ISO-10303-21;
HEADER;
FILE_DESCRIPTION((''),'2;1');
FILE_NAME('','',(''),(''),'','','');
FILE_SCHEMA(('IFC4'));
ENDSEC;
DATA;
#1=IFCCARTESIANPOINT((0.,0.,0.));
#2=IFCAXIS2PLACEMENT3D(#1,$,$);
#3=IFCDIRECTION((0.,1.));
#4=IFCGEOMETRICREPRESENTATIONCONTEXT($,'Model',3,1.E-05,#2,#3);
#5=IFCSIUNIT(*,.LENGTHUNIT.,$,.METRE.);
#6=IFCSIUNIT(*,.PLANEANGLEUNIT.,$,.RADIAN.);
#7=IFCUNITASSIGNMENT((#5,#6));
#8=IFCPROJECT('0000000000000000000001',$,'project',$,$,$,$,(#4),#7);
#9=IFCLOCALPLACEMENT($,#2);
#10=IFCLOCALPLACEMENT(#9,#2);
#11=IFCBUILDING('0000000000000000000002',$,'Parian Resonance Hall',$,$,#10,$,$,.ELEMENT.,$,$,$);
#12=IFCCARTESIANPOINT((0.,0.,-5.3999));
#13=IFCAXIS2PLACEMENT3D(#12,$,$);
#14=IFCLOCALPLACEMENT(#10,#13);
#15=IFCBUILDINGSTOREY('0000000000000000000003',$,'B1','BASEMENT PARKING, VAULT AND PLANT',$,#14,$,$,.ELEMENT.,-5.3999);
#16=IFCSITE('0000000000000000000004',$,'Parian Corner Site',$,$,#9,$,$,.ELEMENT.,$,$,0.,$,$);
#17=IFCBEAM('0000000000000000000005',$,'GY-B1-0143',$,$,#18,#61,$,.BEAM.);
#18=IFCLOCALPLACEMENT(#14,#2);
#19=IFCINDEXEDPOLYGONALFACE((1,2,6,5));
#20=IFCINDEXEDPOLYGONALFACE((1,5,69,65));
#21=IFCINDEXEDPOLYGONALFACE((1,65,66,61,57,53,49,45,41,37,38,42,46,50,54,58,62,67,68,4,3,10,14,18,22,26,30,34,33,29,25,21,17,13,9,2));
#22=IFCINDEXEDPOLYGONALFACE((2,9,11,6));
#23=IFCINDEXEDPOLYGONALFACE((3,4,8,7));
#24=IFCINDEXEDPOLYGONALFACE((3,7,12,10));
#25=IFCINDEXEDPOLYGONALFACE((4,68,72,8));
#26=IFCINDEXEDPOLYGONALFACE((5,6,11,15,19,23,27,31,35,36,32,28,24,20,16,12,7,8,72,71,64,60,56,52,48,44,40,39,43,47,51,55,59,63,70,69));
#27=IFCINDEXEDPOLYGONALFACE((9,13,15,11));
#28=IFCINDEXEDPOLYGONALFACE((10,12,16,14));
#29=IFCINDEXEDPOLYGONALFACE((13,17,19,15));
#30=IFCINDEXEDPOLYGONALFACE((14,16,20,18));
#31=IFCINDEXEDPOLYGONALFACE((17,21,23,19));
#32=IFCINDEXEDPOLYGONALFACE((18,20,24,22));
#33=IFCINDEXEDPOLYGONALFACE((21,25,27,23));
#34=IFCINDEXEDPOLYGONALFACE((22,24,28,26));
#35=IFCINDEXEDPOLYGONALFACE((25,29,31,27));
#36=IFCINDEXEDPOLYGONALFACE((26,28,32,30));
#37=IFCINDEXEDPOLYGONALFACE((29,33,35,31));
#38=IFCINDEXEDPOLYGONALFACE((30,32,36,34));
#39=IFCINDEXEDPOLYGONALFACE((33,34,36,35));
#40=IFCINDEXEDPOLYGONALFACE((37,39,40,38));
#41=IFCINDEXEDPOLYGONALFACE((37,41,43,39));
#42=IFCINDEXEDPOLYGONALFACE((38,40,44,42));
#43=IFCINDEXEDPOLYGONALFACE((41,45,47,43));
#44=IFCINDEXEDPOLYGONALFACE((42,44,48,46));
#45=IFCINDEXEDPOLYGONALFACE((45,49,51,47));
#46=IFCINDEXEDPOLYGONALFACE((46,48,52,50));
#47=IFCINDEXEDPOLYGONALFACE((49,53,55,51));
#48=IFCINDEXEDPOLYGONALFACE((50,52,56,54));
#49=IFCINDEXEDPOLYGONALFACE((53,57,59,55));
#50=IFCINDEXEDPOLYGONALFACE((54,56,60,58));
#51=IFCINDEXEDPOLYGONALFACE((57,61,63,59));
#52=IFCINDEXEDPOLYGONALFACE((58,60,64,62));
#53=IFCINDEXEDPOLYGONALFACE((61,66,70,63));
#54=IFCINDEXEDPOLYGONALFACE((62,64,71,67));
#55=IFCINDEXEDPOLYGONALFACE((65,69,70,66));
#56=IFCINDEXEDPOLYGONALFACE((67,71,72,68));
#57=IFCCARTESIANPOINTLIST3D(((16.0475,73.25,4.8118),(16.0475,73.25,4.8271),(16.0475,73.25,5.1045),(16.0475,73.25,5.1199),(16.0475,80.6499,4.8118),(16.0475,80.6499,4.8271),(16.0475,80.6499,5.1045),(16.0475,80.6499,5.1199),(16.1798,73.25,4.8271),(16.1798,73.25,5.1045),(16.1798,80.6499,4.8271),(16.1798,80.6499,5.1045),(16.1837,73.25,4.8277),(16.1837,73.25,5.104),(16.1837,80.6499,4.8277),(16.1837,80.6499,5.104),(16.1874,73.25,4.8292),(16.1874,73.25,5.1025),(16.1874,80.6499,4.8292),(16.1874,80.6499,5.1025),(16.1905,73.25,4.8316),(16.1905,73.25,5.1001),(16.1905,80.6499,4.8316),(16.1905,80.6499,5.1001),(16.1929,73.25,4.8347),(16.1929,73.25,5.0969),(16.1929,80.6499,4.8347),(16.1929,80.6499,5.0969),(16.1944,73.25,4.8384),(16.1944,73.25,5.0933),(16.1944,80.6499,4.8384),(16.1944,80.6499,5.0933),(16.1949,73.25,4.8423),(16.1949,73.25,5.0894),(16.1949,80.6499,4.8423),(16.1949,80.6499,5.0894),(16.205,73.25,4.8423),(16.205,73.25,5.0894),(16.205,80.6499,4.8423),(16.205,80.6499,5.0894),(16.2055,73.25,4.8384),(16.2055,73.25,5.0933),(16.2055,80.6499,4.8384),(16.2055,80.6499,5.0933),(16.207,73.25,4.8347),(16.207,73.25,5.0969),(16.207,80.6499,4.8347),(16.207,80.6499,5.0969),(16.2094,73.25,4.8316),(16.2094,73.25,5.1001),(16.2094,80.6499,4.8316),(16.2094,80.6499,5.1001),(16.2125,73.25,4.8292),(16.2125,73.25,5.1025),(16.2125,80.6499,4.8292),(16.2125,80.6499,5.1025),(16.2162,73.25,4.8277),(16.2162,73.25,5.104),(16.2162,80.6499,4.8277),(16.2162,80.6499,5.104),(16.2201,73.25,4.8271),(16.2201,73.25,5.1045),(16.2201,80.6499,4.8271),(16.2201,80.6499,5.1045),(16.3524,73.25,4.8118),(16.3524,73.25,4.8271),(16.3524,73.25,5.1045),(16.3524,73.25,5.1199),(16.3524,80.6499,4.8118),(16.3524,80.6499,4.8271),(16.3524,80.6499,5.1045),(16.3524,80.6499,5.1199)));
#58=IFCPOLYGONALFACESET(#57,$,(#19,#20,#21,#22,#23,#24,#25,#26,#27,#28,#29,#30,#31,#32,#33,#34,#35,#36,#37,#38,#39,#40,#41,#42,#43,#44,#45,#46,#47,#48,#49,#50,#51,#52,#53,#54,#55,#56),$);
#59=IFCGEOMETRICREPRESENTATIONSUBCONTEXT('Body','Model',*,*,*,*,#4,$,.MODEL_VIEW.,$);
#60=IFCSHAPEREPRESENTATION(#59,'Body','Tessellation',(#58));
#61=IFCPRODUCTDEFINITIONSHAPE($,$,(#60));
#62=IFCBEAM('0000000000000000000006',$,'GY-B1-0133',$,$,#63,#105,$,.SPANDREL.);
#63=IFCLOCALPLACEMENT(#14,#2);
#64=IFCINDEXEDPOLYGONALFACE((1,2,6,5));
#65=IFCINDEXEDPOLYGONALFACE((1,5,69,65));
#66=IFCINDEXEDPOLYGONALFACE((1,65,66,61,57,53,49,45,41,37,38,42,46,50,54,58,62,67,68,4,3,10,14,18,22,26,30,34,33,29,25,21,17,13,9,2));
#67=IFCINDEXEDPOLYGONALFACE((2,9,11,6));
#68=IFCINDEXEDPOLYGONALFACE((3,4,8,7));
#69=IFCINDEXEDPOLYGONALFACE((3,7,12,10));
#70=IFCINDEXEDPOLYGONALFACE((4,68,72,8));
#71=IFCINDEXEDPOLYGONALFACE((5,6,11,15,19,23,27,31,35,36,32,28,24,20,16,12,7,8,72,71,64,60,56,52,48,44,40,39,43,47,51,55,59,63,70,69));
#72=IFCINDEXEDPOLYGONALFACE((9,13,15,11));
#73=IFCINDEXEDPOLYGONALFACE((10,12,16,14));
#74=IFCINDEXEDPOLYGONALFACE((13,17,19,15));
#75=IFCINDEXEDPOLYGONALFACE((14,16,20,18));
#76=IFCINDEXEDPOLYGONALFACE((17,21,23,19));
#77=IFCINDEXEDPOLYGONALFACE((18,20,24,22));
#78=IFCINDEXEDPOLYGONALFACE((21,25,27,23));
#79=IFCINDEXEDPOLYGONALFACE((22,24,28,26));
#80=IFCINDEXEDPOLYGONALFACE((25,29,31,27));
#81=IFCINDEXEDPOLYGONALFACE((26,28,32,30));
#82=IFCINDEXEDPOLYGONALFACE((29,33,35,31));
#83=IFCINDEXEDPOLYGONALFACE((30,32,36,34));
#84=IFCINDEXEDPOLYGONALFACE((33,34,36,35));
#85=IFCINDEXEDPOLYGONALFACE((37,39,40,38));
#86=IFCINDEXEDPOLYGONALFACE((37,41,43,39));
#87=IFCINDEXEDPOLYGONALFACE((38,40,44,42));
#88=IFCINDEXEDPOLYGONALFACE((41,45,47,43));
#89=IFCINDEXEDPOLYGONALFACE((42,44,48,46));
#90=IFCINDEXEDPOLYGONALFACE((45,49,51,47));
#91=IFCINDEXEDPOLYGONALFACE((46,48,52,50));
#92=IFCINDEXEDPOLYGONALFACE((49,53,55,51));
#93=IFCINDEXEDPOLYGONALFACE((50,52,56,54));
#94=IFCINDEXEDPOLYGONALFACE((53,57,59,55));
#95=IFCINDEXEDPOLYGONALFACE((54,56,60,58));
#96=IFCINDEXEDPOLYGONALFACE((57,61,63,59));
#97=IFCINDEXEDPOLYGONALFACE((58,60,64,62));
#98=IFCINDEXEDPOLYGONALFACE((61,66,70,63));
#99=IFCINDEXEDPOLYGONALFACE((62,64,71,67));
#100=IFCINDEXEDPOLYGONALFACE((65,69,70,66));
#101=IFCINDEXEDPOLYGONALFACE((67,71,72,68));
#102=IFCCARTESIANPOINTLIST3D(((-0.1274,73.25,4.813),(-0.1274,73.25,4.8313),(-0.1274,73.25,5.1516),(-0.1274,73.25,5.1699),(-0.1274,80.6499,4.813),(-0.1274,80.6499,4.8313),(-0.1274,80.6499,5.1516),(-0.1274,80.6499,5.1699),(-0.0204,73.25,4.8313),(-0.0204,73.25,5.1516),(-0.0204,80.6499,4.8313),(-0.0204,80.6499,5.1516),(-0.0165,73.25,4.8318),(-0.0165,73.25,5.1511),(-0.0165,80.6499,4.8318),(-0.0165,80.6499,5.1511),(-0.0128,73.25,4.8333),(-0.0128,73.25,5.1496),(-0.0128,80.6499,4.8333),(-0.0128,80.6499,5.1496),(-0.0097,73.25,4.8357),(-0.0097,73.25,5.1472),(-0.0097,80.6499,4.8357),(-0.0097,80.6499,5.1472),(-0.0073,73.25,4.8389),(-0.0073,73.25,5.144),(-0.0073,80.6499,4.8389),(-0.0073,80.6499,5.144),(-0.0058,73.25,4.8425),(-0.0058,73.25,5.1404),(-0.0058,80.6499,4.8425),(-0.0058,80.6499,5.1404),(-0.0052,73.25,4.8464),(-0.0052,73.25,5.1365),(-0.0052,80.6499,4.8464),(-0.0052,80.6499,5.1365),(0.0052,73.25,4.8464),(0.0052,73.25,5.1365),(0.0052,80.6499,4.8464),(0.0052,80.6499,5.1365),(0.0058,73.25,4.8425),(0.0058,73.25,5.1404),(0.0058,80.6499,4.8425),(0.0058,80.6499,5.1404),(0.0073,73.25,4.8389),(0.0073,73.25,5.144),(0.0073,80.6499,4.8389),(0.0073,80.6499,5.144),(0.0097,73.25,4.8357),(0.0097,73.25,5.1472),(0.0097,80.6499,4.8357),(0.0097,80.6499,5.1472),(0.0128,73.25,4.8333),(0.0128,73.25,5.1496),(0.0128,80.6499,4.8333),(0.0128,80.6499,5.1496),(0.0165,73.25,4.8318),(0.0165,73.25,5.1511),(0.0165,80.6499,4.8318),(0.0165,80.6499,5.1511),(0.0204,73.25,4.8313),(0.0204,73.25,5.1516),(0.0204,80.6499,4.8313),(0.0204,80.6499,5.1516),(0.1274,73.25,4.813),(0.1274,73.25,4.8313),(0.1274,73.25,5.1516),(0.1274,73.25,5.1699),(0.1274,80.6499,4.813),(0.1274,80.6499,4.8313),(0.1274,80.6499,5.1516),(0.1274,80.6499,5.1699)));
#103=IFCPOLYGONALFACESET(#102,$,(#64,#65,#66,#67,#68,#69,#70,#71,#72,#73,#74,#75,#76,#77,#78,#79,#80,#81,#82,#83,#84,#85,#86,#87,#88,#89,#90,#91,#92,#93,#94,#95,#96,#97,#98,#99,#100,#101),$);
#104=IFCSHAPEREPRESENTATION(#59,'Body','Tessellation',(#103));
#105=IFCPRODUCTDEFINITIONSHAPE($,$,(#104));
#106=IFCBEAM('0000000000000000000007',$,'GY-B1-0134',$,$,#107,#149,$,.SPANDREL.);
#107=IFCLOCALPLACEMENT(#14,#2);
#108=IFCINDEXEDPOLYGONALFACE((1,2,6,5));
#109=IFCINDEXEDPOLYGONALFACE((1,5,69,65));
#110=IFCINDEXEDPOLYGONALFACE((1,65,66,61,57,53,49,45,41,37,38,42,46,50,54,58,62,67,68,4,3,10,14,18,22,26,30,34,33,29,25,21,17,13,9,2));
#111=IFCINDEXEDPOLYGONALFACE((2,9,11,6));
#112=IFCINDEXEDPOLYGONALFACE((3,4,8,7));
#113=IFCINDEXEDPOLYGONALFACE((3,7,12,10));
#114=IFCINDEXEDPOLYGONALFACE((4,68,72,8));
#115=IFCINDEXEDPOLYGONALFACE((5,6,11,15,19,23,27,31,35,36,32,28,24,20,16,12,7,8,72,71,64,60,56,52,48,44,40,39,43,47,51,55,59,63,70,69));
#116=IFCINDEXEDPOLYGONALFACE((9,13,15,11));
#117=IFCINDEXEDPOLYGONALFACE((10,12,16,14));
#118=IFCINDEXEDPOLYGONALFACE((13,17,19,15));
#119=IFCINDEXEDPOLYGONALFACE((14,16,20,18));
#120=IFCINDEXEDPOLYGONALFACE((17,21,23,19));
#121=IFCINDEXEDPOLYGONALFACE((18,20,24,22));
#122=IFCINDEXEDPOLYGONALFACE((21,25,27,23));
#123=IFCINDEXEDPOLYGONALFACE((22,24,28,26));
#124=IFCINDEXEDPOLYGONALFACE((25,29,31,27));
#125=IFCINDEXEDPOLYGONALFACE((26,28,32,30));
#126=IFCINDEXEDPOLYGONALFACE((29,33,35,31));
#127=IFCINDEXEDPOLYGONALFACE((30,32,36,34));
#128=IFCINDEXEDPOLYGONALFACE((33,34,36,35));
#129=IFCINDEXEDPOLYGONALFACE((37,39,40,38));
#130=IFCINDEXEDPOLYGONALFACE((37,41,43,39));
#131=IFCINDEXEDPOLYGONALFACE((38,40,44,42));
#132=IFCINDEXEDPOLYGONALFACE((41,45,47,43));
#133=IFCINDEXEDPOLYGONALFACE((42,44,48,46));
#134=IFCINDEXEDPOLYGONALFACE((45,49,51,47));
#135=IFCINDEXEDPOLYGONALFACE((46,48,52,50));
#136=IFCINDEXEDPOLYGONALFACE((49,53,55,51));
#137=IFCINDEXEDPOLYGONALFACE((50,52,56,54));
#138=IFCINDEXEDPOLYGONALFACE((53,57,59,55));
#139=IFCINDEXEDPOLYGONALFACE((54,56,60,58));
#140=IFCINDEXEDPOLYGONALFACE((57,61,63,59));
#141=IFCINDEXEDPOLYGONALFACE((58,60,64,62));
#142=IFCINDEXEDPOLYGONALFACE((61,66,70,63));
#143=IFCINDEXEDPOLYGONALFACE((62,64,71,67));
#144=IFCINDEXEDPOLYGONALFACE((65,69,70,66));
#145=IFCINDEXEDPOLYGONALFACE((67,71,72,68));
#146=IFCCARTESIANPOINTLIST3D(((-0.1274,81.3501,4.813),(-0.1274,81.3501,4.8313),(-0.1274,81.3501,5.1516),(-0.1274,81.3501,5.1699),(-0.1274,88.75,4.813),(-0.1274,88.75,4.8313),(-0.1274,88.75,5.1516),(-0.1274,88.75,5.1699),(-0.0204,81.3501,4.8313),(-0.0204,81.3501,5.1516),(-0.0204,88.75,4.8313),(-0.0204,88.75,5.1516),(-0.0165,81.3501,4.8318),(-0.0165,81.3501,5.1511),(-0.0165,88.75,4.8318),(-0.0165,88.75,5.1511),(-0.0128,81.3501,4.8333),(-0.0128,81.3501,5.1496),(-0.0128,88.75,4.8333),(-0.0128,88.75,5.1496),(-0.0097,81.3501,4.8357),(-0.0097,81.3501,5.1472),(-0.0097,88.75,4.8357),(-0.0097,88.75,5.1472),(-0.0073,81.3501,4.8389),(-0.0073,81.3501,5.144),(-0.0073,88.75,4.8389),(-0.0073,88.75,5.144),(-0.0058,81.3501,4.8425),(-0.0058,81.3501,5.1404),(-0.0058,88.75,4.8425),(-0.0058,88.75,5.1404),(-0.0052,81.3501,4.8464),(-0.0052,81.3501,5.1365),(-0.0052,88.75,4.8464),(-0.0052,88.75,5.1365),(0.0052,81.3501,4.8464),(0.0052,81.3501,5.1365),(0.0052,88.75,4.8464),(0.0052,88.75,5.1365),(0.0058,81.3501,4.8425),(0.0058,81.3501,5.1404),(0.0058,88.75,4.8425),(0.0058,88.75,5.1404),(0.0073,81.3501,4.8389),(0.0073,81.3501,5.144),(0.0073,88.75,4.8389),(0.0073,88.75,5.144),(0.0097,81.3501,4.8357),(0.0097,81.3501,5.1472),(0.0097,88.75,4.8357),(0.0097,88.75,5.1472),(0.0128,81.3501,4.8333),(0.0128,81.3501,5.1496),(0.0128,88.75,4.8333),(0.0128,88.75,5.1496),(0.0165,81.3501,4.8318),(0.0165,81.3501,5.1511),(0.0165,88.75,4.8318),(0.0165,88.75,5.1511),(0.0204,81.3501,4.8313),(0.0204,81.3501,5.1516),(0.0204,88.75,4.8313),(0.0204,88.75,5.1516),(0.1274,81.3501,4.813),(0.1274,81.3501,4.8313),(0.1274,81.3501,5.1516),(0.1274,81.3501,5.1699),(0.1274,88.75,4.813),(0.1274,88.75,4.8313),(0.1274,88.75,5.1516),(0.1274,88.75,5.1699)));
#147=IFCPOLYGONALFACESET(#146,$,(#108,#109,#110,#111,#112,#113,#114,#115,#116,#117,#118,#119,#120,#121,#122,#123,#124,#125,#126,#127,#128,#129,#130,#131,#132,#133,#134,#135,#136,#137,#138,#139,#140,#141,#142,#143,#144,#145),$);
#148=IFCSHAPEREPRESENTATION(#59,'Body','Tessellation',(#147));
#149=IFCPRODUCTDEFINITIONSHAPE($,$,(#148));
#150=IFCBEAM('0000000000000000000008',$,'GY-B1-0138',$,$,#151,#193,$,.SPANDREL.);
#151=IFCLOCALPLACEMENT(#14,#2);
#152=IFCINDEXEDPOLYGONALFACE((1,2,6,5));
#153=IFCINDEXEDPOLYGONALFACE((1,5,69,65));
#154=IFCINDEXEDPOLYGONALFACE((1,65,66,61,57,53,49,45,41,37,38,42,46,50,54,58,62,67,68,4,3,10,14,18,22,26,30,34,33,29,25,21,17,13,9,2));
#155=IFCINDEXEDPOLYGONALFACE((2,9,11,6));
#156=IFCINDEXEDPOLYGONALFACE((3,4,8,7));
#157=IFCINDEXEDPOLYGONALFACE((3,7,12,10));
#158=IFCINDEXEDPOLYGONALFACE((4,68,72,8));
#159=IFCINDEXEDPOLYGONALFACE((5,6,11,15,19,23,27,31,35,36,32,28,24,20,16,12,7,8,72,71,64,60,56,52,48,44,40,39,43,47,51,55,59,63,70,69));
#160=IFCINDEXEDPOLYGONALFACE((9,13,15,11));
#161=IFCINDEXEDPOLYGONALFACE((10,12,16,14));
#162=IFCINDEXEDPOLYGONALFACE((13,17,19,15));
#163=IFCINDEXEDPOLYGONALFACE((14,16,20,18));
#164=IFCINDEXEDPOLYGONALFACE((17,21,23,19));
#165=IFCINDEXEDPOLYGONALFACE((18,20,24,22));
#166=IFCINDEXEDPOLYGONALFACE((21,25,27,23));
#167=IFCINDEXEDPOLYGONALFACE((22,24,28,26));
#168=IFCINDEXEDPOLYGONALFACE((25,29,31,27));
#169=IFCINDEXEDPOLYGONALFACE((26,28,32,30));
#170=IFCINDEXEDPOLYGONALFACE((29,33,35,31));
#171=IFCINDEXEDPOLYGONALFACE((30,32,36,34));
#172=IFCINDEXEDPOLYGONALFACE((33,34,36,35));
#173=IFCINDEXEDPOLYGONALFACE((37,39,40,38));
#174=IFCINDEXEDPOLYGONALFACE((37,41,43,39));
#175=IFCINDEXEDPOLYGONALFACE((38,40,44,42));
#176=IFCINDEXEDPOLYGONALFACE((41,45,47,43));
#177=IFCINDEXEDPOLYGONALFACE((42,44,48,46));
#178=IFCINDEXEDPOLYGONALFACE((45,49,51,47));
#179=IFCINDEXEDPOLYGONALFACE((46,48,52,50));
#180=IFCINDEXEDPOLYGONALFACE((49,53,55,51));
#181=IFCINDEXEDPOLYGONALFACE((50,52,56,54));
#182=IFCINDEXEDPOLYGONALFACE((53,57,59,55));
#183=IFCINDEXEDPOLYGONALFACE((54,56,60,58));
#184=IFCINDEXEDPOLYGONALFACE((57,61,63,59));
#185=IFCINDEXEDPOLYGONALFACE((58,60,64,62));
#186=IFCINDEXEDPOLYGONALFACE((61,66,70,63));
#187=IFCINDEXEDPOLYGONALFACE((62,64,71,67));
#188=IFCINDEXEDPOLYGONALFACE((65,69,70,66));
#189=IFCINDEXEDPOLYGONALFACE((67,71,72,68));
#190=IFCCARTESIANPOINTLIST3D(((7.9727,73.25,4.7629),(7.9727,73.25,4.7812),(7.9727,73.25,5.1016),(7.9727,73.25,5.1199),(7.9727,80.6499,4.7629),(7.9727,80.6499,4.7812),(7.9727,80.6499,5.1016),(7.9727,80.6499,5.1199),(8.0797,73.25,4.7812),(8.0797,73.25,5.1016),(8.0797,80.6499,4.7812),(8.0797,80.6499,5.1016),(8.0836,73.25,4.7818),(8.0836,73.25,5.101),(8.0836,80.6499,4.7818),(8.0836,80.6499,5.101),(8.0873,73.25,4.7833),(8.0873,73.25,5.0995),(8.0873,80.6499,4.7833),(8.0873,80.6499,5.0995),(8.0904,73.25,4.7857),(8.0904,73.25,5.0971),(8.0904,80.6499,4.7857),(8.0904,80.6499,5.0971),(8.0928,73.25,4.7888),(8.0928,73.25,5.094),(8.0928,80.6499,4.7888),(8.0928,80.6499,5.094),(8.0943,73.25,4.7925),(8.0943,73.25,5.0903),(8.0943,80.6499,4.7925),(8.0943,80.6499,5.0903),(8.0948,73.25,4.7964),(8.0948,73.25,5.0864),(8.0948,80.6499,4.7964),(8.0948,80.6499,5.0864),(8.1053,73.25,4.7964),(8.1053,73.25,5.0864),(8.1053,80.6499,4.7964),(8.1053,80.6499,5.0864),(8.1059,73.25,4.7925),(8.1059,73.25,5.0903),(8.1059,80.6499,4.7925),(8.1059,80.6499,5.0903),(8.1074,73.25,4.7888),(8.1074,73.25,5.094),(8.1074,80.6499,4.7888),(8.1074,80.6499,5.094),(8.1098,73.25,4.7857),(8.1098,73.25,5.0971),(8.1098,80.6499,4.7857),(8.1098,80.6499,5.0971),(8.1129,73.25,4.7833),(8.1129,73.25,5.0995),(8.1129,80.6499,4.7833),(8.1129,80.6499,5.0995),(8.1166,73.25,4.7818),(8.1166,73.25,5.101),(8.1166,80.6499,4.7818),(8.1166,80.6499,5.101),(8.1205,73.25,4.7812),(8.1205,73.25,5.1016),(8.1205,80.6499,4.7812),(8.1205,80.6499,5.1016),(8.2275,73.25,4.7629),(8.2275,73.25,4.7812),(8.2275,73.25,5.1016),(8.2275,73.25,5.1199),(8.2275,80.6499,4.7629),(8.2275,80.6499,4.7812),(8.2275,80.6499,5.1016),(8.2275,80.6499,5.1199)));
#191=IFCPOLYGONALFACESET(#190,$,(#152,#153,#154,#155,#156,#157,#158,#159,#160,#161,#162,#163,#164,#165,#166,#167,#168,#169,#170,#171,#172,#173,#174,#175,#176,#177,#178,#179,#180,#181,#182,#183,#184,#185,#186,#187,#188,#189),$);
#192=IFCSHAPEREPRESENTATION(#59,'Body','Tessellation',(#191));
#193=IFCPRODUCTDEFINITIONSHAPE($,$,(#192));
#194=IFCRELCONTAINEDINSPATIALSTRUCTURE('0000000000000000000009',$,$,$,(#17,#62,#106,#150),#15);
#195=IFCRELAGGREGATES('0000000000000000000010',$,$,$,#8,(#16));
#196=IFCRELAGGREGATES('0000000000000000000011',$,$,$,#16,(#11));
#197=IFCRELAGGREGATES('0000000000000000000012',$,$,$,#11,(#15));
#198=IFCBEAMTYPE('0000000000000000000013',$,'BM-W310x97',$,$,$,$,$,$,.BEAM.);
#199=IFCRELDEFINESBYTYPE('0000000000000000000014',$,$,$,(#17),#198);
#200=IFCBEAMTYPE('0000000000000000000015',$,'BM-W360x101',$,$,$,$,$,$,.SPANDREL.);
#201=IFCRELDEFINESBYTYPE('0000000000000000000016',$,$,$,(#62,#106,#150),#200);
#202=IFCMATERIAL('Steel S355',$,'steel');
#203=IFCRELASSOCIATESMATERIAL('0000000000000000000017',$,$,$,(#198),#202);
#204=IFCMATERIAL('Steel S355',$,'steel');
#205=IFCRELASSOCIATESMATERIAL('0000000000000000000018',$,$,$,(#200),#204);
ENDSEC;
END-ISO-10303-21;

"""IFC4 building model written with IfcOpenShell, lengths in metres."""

from ifc_helpers import new_model, si_unit, direction, frame, origin, origin_2d, place, context, subcontext, project, spatial, i_section, extrude, material, material_profile, profile_set, type_object, element, save


model = new_model("IFC4")

# Units and contexts
model_context = context("Model", 3, precision=1e-05, world=origin(), true_north=direction((0.0, 1.0)))
body_context = subcontext(model_context, "Body", "Model", "MODEL_VIEW")
ifc_project = project(units=[si_unit("LENGTHUNIT", "METRE"), si_unit("PLANEANGLEUNIT", "RADIAN")], contexts=[model_context])

# Site, building, storey
site_placement = place(None, origin())
site = spatial("IfcSite", under=ifc_project, at=site_placement, Name="Parian Corner Site", CompositionType="ELEMENT", RefElevation=0.0)
building_placement = place(site_placement, origin())
building = spatial("IfcBuilding", under=site, at=building_placement, Name="Parian Resonance Hall", CompositionType="ELEMENT")
storey_placement = place(building_placement, frame((0.0, 0.0, -5.3999)))
storey = spatial("IfcBuildingStorey", under=building, at=storey_placement, Name="B1", Description="BASEMENT PARKING, VAULT AND PLANT", CompositionType="ELEMENT", Elevation=-5.3999)

# Beams
ifc_material_1 = material(Name="Steel S355", Category="steel")
ifc_material_profile_1 = material_profile(ifc_material_1, i_section(OverallWidth=0.3049, OverallDepth=0.3081, WebThickness=0.01, FlangeThickness=0.0154, FilletRadius=0.0151, at=origin_2d()), Name="W310x97")
ifc_profile_set_1 = profile_set([ifc_material_profile_1], Name="Steel S355")
beam_type_1 = type_object("IfcBeamType", Name="BM-W310x97", PredefinedType="BEAM", material=ifc_profile_set_1)
beam_1_placement = place(storey_placement, frame((16.2, 73.25, 4.9658), z_axis=(0.0, 1.0, 0.0), x_axis=(-1.0, 0.0, 0.0)))
element("IfcBeam", 1, at=beam_1_placement, inside=storey, type_object=beam_type_1, Name="GY-B1-0143", PredefinedType="BEAM", context=body_context, shape_type="SweptSolid", body=[
    extrude(i_section(OverallWidth=0.3049, OverallDepth=0.3081, WebThickness=0.01, FlangeThickness=0.0154, FilletRadius=0.0151, at=origin_2d()), origin(), (0.0, 0.0, 1.0), 7.3999),
])
ifc_material_2 = material(Name="Steel S355", Category="steel")
ifc_material_profile_2 = material_profile(ifc_material_2, i_section(OverallWidth=0.2549, OverallDepth=0.3569, WebThickness=0.0105, FlangeThickness=0.0183, FilletRadius=0.0151, at=origin_2d()), Name="W360x101")
ifc_profile_set_2 = profile_set([ifc_material_profile_2], Name="Steel S355")
beam_type_2 = type_object("IfcBeamType", Name="BM-W360x101", PredefinedType="SPANDREL", material=ifc_profile_set_2)
for number, where, z_axis, x_axis, name in (
    (2, (0.0, 73.25, 4.9915), (0.0, 1.0, 0.0), (-1.0, 0.0, 0.0), "GY-B1-0133"),
    (3, (0.0, 81.3501, 4.9915), (0.0, 1.0, 0.0), (-1.0, 0.0, 0.0), "GY-B1-0134"),
    (4, (8.1001, 73.25, 4.9414), (0.0, 1.0, 0.0), (-1.0, 0.0, 0.0), "GY-B1-0138"),
):
    element("IfcBeam", number, at=place(storey_placement, frame(where, z_axis=z_axis, x_axis=x_axis)), inside=storey, type_object=beam_type_2, Name=name, PredefinedType="SPANDREL", context=body_context, shape_type="SweptSolid", body=[
        extrude(i_section(OverallWidth=0.2549, OverallDepth=0.3569, WebThickness=0.0105, FlangeThickness=0.0183, FilletRadius=0.0151, at=origin_2d()), origin(), (0.0, 0.0, 1.0), 7.3999),
    ])

save(model, "model.ifc")
